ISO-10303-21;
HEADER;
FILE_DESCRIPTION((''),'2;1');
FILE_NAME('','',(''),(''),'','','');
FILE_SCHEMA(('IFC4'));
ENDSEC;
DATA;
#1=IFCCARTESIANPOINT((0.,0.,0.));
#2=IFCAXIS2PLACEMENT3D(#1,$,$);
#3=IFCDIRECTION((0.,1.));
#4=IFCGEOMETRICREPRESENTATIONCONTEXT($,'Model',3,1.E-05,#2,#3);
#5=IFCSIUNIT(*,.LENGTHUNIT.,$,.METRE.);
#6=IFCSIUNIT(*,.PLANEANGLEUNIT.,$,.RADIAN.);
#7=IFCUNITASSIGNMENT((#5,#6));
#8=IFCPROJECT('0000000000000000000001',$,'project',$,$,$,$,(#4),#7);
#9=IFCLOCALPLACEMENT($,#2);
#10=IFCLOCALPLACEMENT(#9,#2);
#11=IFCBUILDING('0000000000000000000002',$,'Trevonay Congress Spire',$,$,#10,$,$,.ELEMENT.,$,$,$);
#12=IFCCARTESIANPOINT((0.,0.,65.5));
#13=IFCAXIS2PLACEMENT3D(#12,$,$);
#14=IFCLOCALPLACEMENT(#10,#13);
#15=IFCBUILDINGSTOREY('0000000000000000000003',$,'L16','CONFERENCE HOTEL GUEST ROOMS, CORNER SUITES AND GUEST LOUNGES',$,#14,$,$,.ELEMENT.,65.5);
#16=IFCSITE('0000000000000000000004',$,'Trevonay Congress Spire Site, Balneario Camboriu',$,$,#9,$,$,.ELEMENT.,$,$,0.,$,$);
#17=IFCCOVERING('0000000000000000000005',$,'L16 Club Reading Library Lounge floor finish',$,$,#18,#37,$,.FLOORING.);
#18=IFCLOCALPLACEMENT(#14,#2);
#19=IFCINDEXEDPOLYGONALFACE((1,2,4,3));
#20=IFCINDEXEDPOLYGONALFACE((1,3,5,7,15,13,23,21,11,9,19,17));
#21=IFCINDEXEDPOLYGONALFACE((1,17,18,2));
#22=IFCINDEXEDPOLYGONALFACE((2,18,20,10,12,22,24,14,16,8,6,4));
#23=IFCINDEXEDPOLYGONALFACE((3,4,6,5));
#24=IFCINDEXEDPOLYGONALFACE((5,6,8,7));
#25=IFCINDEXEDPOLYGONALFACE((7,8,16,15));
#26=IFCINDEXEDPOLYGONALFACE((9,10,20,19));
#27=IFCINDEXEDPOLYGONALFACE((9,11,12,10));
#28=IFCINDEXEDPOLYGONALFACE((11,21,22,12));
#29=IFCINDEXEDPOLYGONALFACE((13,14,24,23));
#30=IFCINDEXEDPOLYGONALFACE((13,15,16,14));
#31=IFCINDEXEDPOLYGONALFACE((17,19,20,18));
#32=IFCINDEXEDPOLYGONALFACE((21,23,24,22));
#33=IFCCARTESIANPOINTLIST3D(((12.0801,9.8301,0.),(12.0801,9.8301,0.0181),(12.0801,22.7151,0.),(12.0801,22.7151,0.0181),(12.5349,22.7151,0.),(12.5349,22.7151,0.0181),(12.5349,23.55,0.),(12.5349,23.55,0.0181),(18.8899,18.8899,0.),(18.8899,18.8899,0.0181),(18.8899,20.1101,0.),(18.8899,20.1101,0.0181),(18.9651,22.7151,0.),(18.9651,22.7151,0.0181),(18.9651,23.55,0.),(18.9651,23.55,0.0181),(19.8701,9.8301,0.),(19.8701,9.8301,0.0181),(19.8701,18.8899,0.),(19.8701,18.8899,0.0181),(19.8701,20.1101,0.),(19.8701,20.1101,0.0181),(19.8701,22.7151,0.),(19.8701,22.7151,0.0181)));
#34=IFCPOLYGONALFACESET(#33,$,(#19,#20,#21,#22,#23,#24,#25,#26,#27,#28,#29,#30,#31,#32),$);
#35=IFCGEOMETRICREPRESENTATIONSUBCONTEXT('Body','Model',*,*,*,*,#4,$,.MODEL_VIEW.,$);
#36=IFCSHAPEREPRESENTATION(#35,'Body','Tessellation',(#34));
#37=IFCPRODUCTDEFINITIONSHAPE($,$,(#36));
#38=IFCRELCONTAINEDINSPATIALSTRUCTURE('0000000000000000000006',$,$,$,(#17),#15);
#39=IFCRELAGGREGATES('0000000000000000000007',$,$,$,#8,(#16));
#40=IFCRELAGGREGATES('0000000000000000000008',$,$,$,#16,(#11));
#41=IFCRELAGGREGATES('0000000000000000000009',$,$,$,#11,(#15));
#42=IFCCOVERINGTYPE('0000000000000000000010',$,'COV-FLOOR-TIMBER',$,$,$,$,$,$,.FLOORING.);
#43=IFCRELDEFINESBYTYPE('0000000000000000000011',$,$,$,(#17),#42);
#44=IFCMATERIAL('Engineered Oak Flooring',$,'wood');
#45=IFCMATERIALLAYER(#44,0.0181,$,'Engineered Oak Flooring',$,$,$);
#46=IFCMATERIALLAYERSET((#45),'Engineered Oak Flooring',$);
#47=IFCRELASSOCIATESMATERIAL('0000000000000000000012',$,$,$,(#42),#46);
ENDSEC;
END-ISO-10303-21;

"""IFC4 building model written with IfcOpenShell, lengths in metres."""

from ifc_helpers import new_model, si_unit, direction, frame, origin, place, context, subcontext, project, spatial, polyline, outline, extrude, material, layer, layer_set, type_object, element, save


model = new_model("IFC4")

# Units and contexts
model_context = context("Model", 3, precision=1e-05, world=origin(), true_north=direction((0.0, 1.0)))
body_context = subcontext(model_context, "Body", "Model", "MODEL_VIEW")
ifc_project = project(units=[si_unit("LENGTHUNIT", "METRE"), si_unit("PLANEANGLEUNIT", "RADIAN")], contexts=[model_context])

# Site, building, storey
site_placement = place(None, origin())
site = spatial("IfcSite", under=ifc_project, at=site_placement, Name="Trevonay Congress Spire Site, Balneario Camboriu", CompositionType="ELEMENT", RefElevation=0.0)
building_placement = place(site_placement, origin())
building = spatial("IfcBuilding", under=site, at=building_placement, Name="Trevonay Congress Spire", CompositionType="ELEMENT")
storey_placement = place(building_placement, frame((0.0, 0.0, 65.5)))
storey = spatial("IfcBuildingStorey", under=building, at=storey_placement, Name="L16", Description="CONFERENCE HOTEL GUEST ROOMS, CORNER SUITES AND GUEST LOUNGES", CompositionType="ELEMENT", Elevation=65.5)

# Covering
ifc_material_1 = material(Name="Engineered Oak Flooring", Category="wood")
ifc_layer_1 = layer(ifc_material_1, 0.0181, Name="Engineered Oak Flooring")
ifc_layer_set_1 = layer_set([ifc_layer_1], Name="Engineered Oak Flooring")
covering_type_1 = type_object("IfcCoveringType", Name="COV-FLOOR-TIMBER", PredefinedType="FLOORING", material=ifc_layer_set_1)
covering_1_placement = place(storey_placement, origin())
element("IfcCovering", 1, at=covering_1_placement, inside=storey, type_object=covering_type_1, Name="L16 Club Reading Library Lounge floor finish", PredefinedType="FLOORING", context=body_context, shape_type="SweptSolid", body=[
    extrude(outline(polyline([(19.8701, 9.8301), (12.0801, 9.8301), (12.0801, 22.7151), (12.5349, 22.7151), (12.5349, 23.55), (18.9651, 23.55), (18.9651, 22.7151), (19.8701, 22.7151), (19.8701, 20.1101), (18.8899, 20.1101), (18.8899, 18.8899), (19.8701, 18.8899), (19.8701, 9.8301)])), origin(), (0.0, 0.0, 1.0), 0.0181),
])

save(model, "model.ifc")
